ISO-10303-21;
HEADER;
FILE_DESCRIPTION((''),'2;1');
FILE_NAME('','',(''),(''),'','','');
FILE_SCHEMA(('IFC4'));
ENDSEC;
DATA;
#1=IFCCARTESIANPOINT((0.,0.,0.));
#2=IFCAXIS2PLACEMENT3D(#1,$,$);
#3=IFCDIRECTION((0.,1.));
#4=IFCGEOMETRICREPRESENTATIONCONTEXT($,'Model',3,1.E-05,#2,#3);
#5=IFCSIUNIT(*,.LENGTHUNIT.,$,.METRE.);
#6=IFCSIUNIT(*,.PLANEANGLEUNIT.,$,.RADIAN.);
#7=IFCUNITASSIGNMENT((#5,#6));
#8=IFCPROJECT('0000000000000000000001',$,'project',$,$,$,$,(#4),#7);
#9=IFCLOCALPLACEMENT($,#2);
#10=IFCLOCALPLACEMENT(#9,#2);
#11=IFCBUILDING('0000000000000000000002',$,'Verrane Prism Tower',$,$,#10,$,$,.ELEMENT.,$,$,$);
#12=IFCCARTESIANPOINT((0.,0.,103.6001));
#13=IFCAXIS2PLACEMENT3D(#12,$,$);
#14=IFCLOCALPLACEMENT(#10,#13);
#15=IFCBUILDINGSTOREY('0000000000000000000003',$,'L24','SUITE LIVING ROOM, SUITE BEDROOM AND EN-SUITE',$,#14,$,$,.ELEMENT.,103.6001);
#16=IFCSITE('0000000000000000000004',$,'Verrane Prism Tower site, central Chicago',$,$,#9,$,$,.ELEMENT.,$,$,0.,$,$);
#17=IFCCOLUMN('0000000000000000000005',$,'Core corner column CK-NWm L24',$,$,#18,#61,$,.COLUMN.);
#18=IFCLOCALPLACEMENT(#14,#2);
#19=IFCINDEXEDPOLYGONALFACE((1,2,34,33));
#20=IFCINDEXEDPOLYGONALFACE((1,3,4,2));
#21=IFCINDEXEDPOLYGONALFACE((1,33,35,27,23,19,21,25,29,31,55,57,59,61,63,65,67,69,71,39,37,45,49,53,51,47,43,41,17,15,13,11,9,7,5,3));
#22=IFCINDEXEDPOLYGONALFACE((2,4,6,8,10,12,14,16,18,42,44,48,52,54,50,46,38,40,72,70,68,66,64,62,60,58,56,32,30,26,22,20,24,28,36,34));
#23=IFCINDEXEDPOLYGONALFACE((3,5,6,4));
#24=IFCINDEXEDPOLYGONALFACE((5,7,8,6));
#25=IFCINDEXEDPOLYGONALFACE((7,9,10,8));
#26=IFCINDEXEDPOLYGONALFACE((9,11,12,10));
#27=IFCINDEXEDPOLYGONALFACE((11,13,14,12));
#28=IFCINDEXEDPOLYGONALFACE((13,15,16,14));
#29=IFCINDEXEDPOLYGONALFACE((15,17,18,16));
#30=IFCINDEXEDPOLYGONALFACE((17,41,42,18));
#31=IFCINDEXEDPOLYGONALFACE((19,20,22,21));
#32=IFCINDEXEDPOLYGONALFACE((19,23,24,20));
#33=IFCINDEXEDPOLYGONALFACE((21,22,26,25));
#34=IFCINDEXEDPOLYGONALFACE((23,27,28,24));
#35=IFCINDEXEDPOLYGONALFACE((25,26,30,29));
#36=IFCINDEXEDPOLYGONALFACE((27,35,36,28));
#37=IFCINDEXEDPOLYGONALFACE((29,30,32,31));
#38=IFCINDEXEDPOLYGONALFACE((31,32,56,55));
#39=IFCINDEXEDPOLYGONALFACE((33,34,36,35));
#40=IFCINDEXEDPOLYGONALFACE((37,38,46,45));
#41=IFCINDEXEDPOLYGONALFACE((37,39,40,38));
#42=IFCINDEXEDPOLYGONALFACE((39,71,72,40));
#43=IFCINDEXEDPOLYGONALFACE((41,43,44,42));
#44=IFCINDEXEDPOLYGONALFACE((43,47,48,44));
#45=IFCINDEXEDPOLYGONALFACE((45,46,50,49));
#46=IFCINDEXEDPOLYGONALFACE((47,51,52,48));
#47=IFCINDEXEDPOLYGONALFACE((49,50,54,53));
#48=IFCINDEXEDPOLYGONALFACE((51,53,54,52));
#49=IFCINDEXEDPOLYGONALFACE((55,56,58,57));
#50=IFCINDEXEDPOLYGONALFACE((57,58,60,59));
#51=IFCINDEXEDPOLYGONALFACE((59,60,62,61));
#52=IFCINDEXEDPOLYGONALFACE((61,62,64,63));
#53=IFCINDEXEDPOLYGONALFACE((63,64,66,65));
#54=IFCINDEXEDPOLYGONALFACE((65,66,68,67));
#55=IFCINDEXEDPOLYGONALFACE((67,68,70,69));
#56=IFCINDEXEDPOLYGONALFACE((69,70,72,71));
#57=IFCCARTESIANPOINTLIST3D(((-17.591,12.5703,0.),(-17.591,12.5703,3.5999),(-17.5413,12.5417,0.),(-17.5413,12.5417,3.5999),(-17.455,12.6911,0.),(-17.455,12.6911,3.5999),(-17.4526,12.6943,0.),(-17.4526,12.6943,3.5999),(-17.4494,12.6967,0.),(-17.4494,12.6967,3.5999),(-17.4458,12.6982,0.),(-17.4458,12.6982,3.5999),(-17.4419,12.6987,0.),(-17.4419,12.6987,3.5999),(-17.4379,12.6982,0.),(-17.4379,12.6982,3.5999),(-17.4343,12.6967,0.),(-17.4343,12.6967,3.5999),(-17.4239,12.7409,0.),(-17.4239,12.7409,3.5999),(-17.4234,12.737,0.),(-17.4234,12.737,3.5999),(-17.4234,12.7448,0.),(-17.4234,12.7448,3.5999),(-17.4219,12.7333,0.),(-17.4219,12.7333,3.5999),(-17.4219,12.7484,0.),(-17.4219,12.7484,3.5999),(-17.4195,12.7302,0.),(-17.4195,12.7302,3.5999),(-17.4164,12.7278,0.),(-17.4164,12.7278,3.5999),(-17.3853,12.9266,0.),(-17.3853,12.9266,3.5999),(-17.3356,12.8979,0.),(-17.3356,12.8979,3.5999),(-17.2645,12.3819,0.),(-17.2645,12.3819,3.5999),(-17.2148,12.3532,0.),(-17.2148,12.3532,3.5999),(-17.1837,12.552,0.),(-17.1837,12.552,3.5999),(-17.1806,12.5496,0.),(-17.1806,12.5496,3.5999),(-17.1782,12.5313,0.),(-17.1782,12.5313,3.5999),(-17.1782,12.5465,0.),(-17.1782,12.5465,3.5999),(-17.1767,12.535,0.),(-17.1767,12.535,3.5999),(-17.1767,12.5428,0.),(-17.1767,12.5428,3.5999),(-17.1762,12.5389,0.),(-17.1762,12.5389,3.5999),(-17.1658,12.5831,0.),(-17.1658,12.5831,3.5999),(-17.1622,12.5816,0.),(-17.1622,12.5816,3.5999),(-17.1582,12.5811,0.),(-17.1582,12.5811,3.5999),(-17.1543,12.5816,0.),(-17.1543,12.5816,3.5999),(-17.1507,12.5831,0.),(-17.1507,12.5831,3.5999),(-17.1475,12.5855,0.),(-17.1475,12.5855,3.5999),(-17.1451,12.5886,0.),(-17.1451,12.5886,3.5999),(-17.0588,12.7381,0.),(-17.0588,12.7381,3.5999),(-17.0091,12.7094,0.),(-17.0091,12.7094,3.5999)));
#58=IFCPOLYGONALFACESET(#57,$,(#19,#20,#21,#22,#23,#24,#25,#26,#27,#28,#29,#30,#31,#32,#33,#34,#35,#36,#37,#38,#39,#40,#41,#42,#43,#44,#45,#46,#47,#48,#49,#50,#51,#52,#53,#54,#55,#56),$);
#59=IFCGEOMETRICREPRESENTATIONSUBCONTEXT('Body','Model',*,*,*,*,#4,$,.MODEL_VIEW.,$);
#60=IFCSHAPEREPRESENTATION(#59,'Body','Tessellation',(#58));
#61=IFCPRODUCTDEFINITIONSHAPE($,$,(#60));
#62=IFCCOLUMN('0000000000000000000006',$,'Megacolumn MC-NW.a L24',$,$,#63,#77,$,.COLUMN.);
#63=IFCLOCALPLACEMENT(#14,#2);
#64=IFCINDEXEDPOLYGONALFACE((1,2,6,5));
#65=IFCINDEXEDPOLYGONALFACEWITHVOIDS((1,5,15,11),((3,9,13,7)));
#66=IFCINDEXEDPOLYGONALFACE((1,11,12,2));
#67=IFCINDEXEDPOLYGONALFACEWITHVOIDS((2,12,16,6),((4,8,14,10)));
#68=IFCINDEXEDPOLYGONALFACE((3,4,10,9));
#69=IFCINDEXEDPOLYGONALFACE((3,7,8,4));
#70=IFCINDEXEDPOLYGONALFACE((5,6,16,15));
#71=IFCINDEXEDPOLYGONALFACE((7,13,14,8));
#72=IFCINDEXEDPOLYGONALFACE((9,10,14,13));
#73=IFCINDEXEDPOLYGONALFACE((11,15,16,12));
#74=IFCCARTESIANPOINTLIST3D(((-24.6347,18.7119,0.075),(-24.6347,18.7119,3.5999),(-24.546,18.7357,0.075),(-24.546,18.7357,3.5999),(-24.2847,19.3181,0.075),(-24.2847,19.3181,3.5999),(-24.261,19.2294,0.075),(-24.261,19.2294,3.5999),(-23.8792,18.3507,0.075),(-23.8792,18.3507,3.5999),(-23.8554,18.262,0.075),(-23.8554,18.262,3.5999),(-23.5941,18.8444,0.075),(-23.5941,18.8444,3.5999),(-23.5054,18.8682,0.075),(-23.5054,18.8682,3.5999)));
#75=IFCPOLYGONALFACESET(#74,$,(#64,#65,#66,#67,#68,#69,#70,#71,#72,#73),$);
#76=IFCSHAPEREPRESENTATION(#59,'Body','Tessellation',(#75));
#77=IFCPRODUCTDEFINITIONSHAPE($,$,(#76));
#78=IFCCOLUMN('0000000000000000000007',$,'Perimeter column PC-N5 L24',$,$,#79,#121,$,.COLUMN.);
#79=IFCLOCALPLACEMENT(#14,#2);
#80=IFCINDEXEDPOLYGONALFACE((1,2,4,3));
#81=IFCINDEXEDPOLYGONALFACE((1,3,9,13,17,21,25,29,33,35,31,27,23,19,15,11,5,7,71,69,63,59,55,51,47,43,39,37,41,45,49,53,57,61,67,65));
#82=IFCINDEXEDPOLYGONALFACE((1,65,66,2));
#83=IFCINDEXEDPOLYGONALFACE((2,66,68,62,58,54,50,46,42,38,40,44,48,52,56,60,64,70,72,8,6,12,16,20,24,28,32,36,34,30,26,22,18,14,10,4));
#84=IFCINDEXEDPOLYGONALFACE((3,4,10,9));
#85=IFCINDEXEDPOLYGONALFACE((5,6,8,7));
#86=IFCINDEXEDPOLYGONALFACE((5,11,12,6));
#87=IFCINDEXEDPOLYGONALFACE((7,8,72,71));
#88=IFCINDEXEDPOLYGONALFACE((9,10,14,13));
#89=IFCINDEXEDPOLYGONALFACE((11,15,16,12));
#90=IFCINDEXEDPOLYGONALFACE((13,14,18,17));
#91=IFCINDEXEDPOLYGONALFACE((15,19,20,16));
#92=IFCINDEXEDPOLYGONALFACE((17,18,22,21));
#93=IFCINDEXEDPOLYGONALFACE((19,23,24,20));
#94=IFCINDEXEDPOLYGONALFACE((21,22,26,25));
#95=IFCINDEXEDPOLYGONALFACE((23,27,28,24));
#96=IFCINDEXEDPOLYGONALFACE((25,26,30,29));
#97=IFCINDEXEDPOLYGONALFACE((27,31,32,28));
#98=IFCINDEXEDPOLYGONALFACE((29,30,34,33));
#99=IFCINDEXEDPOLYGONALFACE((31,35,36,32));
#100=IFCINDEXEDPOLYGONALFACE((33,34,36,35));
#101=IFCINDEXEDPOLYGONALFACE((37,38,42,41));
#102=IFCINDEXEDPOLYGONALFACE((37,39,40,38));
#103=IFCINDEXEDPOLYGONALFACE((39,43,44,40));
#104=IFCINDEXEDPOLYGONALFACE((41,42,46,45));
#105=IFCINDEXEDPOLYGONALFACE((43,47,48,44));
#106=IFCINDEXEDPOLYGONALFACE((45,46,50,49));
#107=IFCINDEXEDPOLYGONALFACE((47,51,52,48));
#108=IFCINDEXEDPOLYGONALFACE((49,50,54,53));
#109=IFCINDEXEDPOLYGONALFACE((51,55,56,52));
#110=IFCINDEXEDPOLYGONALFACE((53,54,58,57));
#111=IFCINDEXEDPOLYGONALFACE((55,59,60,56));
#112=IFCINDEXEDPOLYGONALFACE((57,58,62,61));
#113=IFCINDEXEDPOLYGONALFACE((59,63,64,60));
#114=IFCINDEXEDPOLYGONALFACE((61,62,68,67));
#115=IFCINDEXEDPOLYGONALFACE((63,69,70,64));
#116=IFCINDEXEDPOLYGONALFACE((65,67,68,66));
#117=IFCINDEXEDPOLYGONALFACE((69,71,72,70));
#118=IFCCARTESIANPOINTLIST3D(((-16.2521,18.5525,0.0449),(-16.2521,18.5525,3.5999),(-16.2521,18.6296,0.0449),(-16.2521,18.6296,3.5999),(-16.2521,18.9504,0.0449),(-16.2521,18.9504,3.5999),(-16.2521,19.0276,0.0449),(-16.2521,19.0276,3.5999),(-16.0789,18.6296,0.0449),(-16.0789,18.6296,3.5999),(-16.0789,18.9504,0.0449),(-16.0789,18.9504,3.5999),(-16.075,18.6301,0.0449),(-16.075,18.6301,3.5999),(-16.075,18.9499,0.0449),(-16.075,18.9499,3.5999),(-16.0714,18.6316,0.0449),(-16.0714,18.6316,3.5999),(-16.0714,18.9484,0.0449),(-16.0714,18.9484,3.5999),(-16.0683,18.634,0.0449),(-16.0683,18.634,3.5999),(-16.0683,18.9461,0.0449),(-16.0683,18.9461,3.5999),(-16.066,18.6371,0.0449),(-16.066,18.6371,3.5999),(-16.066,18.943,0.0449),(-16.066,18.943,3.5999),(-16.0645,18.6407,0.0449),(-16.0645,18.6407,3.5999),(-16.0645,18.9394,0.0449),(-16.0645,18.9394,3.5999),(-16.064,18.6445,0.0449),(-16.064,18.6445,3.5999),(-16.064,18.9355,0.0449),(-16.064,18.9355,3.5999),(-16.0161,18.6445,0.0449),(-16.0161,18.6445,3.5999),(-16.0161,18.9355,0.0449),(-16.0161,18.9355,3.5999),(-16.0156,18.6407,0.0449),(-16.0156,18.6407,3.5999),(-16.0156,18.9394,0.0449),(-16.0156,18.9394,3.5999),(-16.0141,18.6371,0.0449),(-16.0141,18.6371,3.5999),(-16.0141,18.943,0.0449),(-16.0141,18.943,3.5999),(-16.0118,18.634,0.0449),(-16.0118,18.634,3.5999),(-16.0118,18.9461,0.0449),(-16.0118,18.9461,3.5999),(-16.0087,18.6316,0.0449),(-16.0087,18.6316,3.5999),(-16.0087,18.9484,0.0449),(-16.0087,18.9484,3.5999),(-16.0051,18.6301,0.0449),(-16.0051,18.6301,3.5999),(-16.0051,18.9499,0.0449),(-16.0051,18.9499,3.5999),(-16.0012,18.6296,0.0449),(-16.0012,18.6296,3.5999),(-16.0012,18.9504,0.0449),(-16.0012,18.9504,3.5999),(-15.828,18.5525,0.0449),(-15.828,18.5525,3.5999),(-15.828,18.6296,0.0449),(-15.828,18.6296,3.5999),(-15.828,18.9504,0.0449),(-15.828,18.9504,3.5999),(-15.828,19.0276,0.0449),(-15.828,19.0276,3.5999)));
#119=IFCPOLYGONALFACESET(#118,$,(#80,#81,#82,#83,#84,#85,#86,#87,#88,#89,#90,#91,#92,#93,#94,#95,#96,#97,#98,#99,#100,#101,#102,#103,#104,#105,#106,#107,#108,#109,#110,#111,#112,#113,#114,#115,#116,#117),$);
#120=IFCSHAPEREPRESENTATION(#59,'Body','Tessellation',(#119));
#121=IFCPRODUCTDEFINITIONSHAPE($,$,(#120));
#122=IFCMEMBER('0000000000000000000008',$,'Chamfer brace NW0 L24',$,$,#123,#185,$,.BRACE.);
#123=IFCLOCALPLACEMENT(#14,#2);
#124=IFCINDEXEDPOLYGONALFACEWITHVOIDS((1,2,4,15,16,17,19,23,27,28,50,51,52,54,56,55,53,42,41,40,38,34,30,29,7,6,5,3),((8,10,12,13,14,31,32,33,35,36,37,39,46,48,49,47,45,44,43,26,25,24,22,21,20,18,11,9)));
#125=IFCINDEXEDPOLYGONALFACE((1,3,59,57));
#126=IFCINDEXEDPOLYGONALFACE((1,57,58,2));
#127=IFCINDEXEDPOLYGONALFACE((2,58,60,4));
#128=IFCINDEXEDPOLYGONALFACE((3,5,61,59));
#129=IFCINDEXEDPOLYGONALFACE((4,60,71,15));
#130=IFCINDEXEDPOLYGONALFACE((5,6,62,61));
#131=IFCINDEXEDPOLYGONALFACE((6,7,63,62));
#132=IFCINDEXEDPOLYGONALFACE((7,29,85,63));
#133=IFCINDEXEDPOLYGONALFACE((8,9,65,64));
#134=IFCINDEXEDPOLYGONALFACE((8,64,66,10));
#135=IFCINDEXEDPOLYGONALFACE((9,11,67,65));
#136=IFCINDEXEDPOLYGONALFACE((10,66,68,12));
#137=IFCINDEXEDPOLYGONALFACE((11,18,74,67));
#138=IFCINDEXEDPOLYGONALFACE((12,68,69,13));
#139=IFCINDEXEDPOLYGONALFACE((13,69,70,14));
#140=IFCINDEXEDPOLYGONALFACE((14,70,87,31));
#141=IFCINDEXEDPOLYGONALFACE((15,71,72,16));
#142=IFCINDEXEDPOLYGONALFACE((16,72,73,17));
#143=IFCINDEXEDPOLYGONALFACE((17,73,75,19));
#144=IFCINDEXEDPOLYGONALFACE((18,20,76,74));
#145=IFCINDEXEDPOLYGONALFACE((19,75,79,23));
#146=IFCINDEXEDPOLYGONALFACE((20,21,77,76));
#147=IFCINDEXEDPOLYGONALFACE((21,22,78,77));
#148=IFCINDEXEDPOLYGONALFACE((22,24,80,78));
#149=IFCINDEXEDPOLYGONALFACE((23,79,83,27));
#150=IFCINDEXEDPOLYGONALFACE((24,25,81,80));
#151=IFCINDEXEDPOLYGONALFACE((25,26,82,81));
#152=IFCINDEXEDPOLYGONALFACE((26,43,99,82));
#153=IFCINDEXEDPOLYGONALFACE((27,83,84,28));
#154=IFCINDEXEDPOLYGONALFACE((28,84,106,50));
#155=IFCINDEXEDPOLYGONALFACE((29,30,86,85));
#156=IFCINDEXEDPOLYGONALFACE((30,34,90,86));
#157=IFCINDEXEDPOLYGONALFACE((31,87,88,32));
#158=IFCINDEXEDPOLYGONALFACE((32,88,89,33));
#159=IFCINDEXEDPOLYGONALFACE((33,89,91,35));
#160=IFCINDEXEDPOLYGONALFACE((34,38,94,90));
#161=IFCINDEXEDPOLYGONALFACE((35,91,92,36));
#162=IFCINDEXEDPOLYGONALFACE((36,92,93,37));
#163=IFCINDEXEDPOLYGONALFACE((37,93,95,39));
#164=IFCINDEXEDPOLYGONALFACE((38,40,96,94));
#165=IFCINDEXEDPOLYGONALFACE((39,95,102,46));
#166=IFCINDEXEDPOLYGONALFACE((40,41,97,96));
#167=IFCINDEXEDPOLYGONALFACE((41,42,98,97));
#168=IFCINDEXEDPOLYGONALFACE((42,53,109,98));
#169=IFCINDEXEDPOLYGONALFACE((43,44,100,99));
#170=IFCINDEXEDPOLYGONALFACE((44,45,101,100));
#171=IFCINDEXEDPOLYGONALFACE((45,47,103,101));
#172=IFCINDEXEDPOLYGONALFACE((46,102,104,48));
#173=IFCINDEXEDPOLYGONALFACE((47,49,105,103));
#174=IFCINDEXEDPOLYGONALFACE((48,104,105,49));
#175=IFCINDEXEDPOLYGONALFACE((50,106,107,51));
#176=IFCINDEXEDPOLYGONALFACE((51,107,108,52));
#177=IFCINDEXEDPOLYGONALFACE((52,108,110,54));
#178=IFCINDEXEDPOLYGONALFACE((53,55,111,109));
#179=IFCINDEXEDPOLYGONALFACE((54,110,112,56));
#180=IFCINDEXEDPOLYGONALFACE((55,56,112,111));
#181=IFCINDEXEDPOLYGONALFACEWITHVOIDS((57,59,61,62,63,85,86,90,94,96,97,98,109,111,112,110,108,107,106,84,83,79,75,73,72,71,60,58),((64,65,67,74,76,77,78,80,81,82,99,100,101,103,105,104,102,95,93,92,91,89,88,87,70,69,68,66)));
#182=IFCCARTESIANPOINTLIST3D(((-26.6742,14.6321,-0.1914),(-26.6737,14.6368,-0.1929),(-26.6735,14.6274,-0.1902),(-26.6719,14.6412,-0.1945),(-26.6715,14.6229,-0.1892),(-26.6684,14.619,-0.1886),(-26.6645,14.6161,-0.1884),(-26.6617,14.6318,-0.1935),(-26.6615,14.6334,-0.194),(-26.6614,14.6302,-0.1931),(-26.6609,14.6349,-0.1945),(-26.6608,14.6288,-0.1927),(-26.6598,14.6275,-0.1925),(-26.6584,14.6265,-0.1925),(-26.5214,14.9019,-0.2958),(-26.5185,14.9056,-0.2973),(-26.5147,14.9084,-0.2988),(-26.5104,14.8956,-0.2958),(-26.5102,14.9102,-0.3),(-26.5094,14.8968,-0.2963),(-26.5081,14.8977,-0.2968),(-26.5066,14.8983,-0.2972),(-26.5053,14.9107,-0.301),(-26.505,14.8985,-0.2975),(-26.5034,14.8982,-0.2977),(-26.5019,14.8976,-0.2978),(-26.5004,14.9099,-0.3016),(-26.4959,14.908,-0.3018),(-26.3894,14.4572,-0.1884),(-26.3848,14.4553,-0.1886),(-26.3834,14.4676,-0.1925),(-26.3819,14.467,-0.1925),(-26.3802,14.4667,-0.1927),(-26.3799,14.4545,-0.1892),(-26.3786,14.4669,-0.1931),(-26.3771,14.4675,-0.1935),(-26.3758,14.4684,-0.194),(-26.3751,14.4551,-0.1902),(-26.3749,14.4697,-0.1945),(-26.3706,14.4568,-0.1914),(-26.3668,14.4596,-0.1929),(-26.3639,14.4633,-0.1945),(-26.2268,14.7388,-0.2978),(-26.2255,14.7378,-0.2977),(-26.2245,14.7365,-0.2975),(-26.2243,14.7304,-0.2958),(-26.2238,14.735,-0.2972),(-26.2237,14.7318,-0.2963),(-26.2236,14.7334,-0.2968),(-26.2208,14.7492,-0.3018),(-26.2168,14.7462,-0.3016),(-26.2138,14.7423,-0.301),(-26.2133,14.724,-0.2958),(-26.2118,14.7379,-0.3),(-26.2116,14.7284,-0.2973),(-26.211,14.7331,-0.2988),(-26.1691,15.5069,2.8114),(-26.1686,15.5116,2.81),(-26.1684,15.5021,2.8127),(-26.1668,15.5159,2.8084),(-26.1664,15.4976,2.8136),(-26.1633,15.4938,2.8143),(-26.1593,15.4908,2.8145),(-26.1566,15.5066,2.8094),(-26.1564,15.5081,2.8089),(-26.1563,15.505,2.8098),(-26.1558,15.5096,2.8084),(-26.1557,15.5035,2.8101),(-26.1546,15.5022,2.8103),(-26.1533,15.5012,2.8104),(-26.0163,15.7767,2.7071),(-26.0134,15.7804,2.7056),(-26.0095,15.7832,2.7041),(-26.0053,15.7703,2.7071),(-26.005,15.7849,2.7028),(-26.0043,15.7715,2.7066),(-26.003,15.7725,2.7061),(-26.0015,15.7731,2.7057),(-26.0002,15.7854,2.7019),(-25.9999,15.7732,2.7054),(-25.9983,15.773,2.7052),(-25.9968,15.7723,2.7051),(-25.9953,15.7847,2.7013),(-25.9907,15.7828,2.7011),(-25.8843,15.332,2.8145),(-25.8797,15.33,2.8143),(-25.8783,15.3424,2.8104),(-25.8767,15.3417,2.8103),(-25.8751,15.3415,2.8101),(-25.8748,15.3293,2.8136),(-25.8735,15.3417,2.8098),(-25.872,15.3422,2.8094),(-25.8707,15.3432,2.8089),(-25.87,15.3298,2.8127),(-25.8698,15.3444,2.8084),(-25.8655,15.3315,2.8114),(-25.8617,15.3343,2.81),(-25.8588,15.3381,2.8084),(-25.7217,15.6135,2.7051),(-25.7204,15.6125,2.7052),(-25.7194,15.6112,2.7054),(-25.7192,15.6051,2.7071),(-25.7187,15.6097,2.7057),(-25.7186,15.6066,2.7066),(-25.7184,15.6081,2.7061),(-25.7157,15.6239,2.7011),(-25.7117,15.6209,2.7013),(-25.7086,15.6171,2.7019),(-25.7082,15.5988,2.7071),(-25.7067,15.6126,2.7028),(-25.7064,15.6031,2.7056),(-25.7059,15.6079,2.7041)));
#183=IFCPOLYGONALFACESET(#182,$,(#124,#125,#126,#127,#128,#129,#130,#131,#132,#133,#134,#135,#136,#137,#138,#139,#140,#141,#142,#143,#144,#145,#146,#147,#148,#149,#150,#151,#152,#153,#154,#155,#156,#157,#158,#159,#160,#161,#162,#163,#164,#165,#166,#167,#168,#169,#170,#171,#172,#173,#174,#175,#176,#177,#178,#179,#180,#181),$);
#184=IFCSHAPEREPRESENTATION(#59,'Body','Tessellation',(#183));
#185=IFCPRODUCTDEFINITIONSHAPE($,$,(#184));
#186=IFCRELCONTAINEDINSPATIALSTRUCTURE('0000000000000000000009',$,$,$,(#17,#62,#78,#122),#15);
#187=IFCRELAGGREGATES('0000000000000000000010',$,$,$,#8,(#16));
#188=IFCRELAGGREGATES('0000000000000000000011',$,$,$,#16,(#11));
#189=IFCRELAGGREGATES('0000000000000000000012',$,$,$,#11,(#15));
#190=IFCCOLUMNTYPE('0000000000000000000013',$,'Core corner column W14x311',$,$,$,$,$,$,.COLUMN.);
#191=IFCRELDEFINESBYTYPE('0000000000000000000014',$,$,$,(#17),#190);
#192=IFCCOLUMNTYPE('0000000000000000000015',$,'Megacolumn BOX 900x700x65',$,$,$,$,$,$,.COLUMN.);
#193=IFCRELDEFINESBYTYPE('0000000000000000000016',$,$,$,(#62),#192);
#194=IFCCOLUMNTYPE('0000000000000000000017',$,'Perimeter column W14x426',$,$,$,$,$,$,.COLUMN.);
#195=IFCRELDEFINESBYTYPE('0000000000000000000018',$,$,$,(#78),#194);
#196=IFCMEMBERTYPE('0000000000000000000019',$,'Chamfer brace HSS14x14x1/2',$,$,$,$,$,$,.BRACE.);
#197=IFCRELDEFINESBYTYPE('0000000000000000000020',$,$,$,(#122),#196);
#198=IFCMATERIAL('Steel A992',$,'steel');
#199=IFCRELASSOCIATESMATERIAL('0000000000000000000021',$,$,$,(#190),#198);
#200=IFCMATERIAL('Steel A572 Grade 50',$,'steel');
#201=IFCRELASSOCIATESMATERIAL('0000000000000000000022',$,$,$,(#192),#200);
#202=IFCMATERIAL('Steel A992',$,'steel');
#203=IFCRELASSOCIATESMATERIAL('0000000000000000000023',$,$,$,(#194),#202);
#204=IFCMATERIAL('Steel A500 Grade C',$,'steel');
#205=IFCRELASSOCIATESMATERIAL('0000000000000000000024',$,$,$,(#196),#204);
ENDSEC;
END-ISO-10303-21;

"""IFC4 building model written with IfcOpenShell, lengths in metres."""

from ifc_helpers import new_model, si_unit, direction, frame, origin, origin_2d, place, context, subcontext, project, spatial, hollow_rectangle, i_section, extrude, material, material_profile, profile_set, type_object, element, save


model = new_model("IFC4")

# Units and contexts
model_context = context("Model", 3, precision=1e-05, world=origin(), true_north=direction((0.0, 1.0)))
body_context = subcontext(model_context, "Body", "Model", "MODEL_VIEW")
ifc_project = project(units=[si_unit("LENGTHUNIT", "METRE"), si_unit("PLANEANGLEUNIT", "RADIAN")], contexts=[model_context])

# Site, building, storey
site_placement = place(None, origin())
site = spatial("IfcSite", under=ifc_project, at=site_placement, Name="Verrane Prism Tower site, central Chicago", CompositionType="ELEMENT", RefElevation=0.0)
building_placement = place(site_placement, origin())
building = spatial("IfcBuilding", under=site, at=building_placement, Name="Verrane Prism Tower", CompositionType="ELEMENT")
storey_placement = place(building_placement, frame((0.0, 0.0, 103.6001)))
storey = spatial("IfcBuildingStorey", under=building, at=storey_placement, Name="L24", Description="SUITE LIVING ROOM, SUITE BEDROOM AND EN-SUITE", CompositionType="ELEMENT", Elevation=103.6001)

# Columns
ifc_material_1 = material(Name="Steel A992", Category="steel")
ifc_material_profile_1 = material_profile(ifc_material_1, i_section(OverallWidth=0.4114, OverallDepth=0.4343, WebThickness=0.0359, FlangeThickness=0.0574, FilletRadius=0.0151, at=origin_2d()), Name="W14x311")
ifc_profile_set_1 = profile_set([ifc_material_profile_1], Name="Steel A992")
column_type_1 = type_object("IfcColumnType", Name="Core corner column W14x311", PredefinedType="COLUMN", material=ifc_profile_set_1)
column_1_placement = place(storey_placement, frame((-17.3, 12.6399, 0.0), z_axis=(0.0, 0.0, 1.0), x_axis=(0.5, 0.866025, 0.0)))
element("IfcColumn", 1, at=column_1_placement, inside=storey, type_object=column_type_1, Name="Core corner column CK-NWm L24", PredefinedType="COLUMN", context=body_context, shape_type="SweptSolid", body=[
    extrude(i_section(OverallWidth=0.4114, OverallDepth=0.4343, WebThickness=0.0359, FlangeThickness=0.0574, FilletRadius=0.0151, at=origin_2d()), origin(), (0.0, 0.0, 1.0), 3.5999),
])
ifc_material_2 = material(Name="Steel A572 Grade 50", Category="steel")
ifc_material_profile_2 = material_profile(ifc_material_2, hollow_rectangle(XDim=0.7, YDim=0.8999, WallThickness=0.0649, at=origin_2d()), Name="BOX 900x700x65")
ifc_profile_set_2 = profile_set([ifc_material_profile_2], Name="Steel A572 Grade 50")
column_type_2 = type_object("IfcColumnType", Name="Megacolumn BOX 900x700x65", PredefinedType="COLUMN", material=ifc_profile_set_2)
column_2_placement = place(storey_placement, frame((-24.0701, 18.79, 0.075), z_axis=(0.0, 0.0, 1.0), x_axis=(0.5, 0.866025, 0.0)))
element("IfcColumn", 2, at=column_2_placement, inside=storey, type_object=column_type_2, Name="Megacolumn MC-NW.a L24", PredefinedType="COLUMN", context=body_context, shape_type="SweptSolid", body=[
    extrude(hollow_rectangle(XDim=0.7, YDim=0.8999, WallThickness=0.0649, at=origin_2d()), origin(), (0.0, 0.0, 1.0), 3.5249),
])
ifc_material_3 = material(Name="Steel A992", Category="steel")
ifc_material_profile_3 = material_profile(ifc_material_3, i_section(OverallWidth=0.4241, OverallDepth=0.4751, WebThickness=0.0479, FlangeThickness=0.0771, FilletRadius=0.0149, at=origin_2d()), Name="W14x426")
ifc_profile_set_3 = profile_set([ifc_material_profile_3], Name="Steel A992")
column_type_3 = type_object("IfcColumnType", Name="Perimeter column W14x426", PredefinedType="COLUMN", material=ifc_profile_set_3)
column_3_placement = place(storey_placement, frame((-16.04, 18.79, 0.0449), z_axis=(0.0, 0.0, 1.0), x_axis=(1.0, 0.0, 0.0)))
element("IfcColumn", 3, at=column_3_placement, inside=storey, type_object=column_type_3, Name="Perimeter column PC-N5 L24", PredefinedType="COLUMN", context=body_context, shape_type="SweptSolid", body=[
    extrude(i_section(OverallWidth=0.4241, OverallDepth=0.4751, WebThickness=0.0479, FlangeThickness=0.0771, FilletRadius=0.0149, at=origin_2d()), origin(), (0.0, 0.0, 1.0), 3.5549),
])

# Member
ifc_material_4 = material(Name="Steel A500 Grade C", Category="steel")
ifc_material_profile_4 = material_profile(ifc_material_4, hollow_rectangle(XDim=0.3557, YDim=0.3557, WallThickness=0.0127, InnerFilletRadius=0.0063, OuterFilletRadius=0.019, at=origin_2d()), Name="HSS14x14x1/2")
ifc_profile_set_4 = profile_set([ifc_material_profile_4], Name="Steel A500 Grade C")
member_type_1 = type_object("IfcMemberType", Name="Chamfer brace HSS14x14x1/2", PredefinedType="BRACE", material=ifc_profile_set_4)
member_1_placement = place(storey_placement, frame((-26.4426, 14.6826, -0.2451), z_axis=(0.159433, 0.276099, 0.947814), x_axis=(-0.865988, 0.500064, 0.0)))
element("IfcMember", 4, at=member_1_placement, inside=storey, type_object=member_type_1, Name="Chamfer brace NW0 L24", PredefinedType="BRACE", context=body_context, shape_type="SweptSolid", body=[
    extrude(hollow_rectangle(XDim=0.3557, YDim=0.3557, WallThickness=0.0127, InnerFilletRadius=0.0063, OuterFilletRadius=0.019, at=origin_2d()), origin(), (0.0, 0.0, 1.0), 3.1682),
])

save(model, "model.ifc")
